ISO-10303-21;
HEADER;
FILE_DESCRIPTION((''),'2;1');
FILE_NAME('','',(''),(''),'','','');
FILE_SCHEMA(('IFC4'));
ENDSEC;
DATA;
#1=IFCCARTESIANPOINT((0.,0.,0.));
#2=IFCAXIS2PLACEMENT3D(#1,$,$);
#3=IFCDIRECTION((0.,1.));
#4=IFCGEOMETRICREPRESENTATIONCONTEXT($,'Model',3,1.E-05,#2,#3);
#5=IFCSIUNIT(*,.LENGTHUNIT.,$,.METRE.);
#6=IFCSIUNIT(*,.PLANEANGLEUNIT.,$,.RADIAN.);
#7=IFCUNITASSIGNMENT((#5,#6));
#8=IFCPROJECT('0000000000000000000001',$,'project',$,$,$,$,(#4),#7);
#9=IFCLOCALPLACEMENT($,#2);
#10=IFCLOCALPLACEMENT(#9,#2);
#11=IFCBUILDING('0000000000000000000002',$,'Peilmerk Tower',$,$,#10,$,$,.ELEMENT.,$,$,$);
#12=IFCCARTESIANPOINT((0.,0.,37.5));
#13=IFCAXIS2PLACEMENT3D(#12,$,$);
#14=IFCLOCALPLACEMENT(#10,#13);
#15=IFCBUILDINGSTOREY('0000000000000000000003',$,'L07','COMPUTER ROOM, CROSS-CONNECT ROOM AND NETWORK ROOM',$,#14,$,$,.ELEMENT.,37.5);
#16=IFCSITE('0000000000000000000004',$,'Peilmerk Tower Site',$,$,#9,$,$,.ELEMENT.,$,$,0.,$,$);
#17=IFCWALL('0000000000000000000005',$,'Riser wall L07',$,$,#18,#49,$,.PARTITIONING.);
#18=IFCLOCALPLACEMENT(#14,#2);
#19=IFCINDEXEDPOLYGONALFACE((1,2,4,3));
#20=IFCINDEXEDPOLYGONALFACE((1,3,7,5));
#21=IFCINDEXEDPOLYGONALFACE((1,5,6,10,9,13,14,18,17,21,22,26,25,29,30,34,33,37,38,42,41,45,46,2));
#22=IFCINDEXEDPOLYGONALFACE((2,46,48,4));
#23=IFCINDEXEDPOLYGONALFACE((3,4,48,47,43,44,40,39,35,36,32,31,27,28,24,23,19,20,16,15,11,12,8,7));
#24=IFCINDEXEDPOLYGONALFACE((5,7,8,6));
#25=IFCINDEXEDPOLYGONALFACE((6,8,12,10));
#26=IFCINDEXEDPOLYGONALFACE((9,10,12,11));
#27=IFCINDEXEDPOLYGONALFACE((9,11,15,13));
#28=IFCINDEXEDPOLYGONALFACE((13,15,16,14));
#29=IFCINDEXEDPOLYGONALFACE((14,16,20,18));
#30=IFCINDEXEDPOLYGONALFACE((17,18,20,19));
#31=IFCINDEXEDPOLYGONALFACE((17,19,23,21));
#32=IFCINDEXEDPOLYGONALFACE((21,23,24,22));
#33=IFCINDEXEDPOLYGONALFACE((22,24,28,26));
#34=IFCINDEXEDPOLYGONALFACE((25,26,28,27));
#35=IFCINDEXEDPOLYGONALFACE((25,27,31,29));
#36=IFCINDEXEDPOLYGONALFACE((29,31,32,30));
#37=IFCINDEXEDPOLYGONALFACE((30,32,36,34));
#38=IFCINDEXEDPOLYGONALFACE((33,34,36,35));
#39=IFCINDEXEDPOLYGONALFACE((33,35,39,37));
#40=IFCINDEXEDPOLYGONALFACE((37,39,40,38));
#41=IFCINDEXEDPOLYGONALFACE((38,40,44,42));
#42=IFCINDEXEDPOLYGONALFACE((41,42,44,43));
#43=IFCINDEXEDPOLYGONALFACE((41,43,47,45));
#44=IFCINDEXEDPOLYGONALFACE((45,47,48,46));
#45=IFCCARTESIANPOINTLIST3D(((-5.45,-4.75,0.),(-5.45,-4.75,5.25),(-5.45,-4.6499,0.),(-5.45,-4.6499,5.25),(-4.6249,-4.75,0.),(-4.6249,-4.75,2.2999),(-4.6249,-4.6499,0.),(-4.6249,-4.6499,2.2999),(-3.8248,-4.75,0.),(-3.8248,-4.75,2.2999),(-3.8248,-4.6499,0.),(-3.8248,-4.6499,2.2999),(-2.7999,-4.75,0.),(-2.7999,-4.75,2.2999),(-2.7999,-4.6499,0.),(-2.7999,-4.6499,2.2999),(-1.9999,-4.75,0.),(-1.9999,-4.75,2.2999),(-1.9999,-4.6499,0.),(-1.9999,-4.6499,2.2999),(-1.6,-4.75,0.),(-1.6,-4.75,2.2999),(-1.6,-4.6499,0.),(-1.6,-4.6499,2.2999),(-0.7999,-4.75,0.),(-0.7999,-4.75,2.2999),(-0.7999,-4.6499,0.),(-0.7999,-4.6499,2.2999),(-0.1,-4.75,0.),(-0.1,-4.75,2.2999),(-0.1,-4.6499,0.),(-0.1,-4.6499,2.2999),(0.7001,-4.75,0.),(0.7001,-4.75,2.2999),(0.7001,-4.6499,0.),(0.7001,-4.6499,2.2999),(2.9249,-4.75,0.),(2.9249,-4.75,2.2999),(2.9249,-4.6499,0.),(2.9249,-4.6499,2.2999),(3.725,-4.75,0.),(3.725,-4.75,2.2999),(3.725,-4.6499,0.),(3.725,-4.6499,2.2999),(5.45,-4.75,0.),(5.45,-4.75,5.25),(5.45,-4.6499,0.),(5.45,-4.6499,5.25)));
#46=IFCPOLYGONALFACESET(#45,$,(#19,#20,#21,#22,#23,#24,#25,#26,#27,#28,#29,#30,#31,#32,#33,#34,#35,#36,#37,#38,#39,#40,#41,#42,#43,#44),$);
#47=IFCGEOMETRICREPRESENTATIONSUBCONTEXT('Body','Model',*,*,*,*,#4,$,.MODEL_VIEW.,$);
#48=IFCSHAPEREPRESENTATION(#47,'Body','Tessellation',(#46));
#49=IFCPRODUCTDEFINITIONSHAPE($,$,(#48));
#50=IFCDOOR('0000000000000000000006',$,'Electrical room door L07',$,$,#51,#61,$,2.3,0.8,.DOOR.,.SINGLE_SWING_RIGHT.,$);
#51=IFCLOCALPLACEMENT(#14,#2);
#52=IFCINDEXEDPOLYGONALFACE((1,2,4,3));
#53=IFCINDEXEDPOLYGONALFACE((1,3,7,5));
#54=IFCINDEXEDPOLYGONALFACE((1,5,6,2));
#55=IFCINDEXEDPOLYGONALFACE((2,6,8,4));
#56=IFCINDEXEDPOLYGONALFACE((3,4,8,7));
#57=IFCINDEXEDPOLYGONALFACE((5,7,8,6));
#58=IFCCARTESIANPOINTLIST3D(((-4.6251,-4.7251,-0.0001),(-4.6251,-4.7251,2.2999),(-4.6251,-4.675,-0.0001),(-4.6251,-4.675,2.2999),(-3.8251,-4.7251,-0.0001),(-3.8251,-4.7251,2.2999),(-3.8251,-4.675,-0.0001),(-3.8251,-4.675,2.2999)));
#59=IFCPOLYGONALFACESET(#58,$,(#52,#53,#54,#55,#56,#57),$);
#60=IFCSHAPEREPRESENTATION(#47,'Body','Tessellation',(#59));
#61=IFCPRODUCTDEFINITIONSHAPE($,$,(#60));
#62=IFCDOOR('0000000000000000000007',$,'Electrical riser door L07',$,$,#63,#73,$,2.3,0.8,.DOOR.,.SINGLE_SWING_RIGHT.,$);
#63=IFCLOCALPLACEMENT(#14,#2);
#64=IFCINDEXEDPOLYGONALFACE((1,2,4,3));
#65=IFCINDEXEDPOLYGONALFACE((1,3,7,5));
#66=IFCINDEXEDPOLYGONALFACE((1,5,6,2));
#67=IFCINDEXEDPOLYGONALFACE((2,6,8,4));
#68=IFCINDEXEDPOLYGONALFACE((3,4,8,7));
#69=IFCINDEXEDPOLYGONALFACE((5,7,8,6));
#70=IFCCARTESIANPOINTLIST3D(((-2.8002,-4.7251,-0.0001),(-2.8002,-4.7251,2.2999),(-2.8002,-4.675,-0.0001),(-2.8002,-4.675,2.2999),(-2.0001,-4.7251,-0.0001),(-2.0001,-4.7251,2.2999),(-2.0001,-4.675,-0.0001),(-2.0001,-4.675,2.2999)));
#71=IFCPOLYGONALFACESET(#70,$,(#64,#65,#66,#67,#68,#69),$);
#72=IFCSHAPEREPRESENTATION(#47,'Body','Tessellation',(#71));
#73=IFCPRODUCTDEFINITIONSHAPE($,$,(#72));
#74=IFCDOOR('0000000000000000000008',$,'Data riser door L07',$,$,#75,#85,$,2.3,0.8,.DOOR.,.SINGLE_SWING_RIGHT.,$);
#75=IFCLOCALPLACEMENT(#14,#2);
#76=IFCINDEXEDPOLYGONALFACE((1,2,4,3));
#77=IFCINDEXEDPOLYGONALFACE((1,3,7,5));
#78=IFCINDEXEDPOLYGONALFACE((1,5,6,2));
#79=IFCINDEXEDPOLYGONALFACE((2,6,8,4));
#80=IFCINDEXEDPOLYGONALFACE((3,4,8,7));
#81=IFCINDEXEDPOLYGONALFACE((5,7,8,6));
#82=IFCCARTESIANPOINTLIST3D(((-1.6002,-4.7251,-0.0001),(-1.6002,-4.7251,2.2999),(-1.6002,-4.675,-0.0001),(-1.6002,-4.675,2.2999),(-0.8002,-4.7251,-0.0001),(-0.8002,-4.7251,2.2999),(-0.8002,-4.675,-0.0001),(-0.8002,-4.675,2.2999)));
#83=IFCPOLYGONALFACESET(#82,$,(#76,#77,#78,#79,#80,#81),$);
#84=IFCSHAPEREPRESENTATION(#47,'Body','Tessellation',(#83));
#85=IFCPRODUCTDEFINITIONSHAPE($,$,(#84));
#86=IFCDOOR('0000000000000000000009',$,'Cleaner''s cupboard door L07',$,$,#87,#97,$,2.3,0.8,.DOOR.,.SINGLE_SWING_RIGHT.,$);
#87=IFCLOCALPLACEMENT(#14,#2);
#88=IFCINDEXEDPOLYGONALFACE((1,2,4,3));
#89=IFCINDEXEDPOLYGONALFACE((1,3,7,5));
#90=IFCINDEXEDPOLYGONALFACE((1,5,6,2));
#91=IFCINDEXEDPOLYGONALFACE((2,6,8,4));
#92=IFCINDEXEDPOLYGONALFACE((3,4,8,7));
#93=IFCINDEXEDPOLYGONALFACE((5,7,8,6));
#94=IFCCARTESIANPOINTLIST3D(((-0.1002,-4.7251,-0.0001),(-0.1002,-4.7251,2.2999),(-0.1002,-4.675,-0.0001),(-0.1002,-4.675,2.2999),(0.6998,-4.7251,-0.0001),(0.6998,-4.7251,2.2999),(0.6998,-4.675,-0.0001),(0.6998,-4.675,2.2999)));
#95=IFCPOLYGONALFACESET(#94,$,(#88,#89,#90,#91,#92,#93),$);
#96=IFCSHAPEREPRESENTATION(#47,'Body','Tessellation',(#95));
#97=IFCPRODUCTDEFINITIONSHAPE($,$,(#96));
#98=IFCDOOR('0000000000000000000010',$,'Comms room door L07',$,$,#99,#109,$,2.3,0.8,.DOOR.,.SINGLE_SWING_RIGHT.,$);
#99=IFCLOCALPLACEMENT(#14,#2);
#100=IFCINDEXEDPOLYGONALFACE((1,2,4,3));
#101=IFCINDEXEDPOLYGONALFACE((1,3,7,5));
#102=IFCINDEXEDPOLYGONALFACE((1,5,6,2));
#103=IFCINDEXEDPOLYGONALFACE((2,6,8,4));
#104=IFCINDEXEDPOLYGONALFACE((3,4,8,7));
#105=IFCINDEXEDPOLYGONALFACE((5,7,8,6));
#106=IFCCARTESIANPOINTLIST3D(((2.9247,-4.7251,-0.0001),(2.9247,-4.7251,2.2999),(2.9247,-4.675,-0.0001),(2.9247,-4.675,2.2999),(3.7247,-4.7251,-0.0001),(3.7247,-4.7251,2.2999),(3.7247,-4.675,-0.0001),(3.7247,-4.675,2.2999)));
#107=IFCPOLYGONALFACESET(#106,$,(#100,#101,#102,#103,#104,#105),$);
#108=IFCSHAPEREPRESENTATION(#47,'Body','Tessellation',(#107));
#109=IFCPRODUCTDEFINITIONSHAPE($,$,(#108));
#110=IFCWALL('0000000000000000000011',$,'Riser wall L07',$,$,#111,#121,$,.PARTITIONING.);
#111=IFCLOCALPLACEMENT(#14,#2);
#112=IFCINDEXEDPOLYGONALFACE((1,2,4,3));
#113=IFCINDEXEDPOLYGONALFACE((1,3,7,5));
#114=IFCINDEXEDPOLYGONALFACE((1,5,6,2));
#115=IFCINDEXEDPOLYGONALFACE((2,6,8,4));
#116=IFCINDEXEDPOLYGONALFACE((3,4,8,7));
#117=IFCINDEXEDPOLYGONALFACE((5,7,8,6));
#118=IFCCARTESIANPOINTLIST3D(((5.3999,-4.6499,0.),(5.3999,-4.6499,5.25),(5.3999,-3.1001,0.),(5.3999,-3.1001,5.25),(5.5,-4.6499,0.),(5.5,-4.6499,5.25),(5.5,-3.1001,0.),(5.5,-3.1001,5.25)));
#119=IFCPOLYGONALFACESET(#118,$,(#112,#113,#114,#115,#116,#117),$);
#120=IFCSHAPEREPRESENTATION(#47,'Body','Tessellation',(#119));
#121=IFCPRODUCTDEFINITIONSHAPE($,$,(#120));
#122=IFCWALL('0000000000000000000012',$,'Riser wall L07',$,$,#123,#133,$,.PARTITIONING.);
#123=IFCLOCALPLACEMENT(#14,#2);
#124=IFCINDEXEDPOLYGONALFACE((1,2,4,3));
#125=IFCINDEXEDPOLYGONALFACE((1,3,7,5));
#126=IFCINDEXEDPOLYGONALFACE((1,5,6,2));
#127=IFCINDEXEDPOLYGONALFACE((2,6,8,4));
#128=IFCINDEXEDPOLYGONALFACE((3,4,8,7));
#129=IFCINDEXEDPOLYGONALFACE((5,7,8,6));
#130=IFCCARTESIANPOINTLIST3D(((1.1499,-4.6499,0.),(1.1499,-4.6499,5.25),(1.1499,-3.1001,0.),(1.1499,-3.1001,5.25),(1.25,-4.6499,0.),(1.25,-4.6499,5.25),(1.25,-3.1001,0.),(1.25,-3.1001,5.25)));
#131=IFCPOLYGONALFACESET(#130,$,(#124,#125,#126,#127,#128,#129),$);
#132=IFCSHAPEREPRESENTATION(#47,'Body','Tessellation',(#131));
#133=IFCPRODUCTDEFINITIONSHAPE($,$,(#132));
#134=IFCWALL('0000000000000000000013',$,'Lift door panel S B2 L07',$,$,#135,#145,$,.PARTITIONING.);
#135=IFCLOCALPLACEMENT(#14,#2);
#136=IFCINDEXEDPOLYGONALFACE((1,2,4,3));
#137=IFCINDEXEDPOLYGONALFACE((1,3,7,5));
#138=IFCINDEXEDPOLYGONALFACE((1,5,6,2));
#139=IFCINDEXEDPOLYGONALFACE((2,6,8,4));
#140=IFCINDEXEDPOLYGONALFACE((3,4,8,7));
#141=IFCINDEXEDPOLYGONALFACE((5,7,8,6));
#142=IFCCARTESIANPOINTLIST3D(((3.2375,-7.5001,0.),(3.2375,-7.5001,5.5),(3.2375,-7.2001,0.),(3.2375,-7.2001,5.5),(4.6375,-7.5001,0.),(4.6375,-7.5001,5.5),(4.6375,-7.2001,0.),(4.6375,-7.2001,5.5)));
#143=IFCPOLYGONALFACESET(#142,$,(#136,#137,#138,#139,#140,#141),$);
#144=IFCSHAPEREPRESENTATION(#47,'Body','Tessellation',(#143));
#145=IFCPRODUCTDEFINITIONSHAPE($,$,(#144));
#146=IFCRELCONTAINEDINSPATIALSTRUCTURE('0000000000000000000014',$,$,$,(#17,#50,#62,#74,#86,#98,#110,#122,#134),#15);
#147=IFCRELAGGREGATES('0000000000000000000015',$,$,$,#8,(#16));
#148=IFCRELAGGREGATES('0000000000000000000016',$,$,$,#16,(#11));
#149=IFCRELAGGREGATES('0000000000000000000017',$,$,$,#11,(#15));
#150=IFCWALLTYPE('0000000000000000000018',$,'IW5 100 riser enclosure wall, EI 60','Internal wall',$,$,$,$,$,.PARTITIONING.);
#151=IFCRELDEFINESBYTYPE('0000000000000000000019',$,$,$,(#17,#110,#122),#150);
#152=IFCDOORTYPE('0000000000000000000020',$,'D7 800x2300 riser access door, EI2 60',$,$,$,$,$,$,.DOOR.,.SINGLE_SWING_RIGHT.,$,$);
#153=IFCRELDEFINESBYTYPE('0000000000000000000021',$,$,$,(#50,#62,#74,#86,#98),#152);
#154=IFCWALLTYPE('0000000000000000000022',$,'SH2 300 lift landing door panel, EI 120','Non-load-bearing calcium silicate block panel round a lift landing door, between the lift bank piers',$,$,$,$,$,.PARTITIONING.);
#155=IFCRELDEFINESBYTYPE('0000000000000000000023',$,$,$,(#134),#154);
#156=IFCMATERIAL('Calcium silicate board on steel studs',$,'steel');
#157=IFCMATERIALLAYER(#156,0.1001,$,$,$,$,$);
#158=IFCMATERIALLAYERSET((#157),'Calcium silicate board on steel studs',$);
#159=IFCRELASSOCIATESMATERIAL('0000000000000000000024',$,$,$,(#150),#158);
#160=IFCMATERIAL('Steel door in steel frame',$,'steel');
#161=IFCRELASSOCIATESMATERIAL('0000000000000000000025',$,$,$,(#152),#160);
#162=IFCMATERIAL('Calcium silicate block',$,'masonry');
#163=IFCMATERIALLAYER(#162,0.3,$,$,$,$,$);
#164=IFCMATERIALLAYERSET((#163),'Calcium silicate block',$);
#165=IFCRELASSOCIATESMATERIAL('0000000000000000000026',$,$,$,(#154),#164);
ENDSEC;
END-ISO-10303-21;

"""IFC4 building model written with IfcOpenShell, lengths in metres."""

from ifc_helpers import new_model, si_unit, direction, frame, frame_2d, origin, place, context, subcontext, project, spatial, rectangle, extrude, material, layer, layer_set, type_object, element, fill, save


model = new_model("IFC4")

# Units and contexts
model_context = context("Model", 3, precision=1e-05, world=origin(), true_north=direction((0.0, 1.0)))
body_context = subcontext(model_context, "Body", "Model", "MODEL_VIEW")
ifc_project = project(units=[si_unit("LENGTHUNIT", "METRE"), si_unit("PLANEANGLEUNIT", "RADIAN")], contexts=[model_context])

# Site, building, storey
site_placement = place(None, origin())
site = spatial("IfcSite", under=ifc_project, at=site_placement, Name="Peilmerk Tower Site", CompositionType="ELEMENT", RefElevation=0.0)
building_placement = place(site_placement, origin())
building = spatial("IfcBuilding", under=site, at=building_placement, Name="Peilmerk Tower", CompositionType="ELEMENT")
storey_placement = place(building_placement, frame((0.0, 0.0, 37.5)))
storey = spatial("IfcBuildingStorey", under=building, at=storey_placement, Name="L07", Description="COMPUTER ROOM, CROSS-CONNECT ROOM AND NETWORK ROOM", CompositionType="ELEMENT", Elevation=37.5)

# Shared definitions
ifc_material_1 = material(Name="Steel door in steel frame", Category="steel")

# Shared definitions
ifc_material_2 = material(Name="Calcium silicate board on steel studs", Category="steel")
ifc_layer_1 = layer(ifc_material_2, 0.1001)
ifc_layer_set_1 = layer_set([ifc_layer_1], Name="Calcium silicate board on steel studs")
wall_type_1 = type_object("IfcWallType", Name="IW5 100 riser enclosure wall, EI 60", Description="Internal wall", PredefinedType="PARTITIONING", material=ifc_layer_set_1)

# Wall, openings, doors
wall_1_placement = place(storey_placement, frame((5.45, -4.7, 0.0), z_axis=(0.0, 0.0, 1.0), x_axis=(-1.0, 0.0, 0.0)))
wall_1 = element("IfcWall", 1, at=wall_1_placement, inside=storey, type_object=wall_type_1, Name="Riser wall L07", PredefinedType="PARTITIONING", context=body_context, shape_type="SweptSolid", body=[
    extrude(rectangle(XDim=10.8999, YDim=0.1001, at=frame_2d((5.45, 0.0))), origin(), (0.0, 0.0, 1.0), 5.25),
])
opening_1_placement = place(wall_1_placement, frame((9.2749, 0.0, 0.0)))
opening_1 = element("IfcOpeningElement", 2, at=opening_1_placement, cuts=wall_1, PredefinedType="OPENING", context=body_context, shape_type="SweptSolid", body=[
    extrude(rectangle(XDim=0.8, YDim=2.3, at=frame_2d((0.3999, 1.1499))), frame((0.0, 0.0601, 0.0), z_axis=(0.0, -1.0, 0.0), x_axis=(1.0, 0.0, 0.0)), (0.0, 0.0, 1.0), 0.1201),
])
opening_2_placement = place(wall_1_placement, frame((7.45, 0.0, 0.0)))
opening_2 = element("IfcOpeningElement", 3, at=opening_2_placement, cuts=wall_1, PredefinedType="OPENING", context=body_context, shape_type="SweptSolid", body=[
    extrude(rectangle(XDim=0.8, YDim=2.3, at=frame_2d((0.3999, 1.1499))), frame((0.0, 0.0601, 0.0), z_axis=(0.0, -1.0, 0.0), x_axis=(1.0, 0.0, 0.0)), (0.0, 0.0, 1.0), 0.1201),
])
opening_3_placement = place(wall_1_placement, frame((6.25, 0.0, 0.0)))
opening_3 = element("IfcOpeningElement", 4, at=opening_3_placement, cuts=wall_1, PredefinedType="OPENING", context=body_context, shape_type="SweptSolid", body=[
    extrude(rectangle(XDim=0.8, YDim=2.3, at=frame_2d((0.3999, 1.1499))), frame((0.0, 0.0601, 0.0), z_axis=(0.0, -1.0, 0.0), x_axis=(1.0, 0.0, 0.0)), (0.0, 0.0, 1.0), 0.1201),
])
opening_4_placement = place(wall_1_placement, frame((4.75, 0.0, 0.0)))
opening_4 = element("IfcOpeningElement", 5, at=opening_4_placement, cuts=wall_1, PredefinedType="OPENING", context=body_context, shape_type="SweptSolid", body=[
    extrude(rectangle(XDim=0.8, YDim=2.3, at=frame_2d((0.3999, 1.1499))), frame((0.0, 0.0601, 0.0), z_axis=(0.0, -1.0, 0.0), x_axis=(1.0, 0.0, 0.0)), (0.0, 0.0, 1.0), 0.1201),
])
opening_5_placement = place(wall_1_placement, frame((1.7251, 0.0, 0.0)))
opening_5 = element("IfcOpeningElement", 6, at=opening_5_placement, cuts=wall_1, PredefinedType="OPENING", context=body_context, shape_type="SweptSolid", body=[
    extrude(rectangle(XDim=0.8, YDim=2.3, at=frame_2d((0.3999, 1.1499))), frame((0.0, 0.0601, 0.0), z_axis=(0.0, -1.0, 0.0), x_axis=(1.0, 0.0, 0.0)), (0.0, 0.0, 1.0), 0.1201),
])
door_type_1 = type_object("IfcDoorType", Name="D7 800x2300 riser access door, EI2 60", OperationType="SINGLE_SWING_RIGHT", PredefinedType="DOOR", material=ifc_material_1)
door_1_placement = place(opening_1_placement, frame((0.8, 0.0, 0.0), z_axis=(0.0, 0.0, 1.0), x_axis=(-1.0, 0.0, 0.0)))
door_1 = element("IfcDoor", 7, at=door_1_placement, inside=storey, type_object=door_type_1, Name="Electrical room door L07", OperationType="SINGLE_SWING_RIGHT", OverallHeight=2.3, OverallWidth=0.8, PredefinedType="DOOR", context=body_context, shape_type="SweptSolid", body=[
    extrude(rectangle(XDim=0.8, YDim=2.3, at=frame_2d((0.3999, 1.1499))), frame((0.0, 0.0249, 0.0), z_axis=(0.0, -1.0, 0.0), x_axis=(1.0, 0.0, 0.0)), (0.0, 0.0, 1.0), 0.05),
])
fill(opening_1, door_1)
door_2_placement = place(opening_2_placement, frame((0.8, 0.0, 0.0), z_axis=(0.0, 0.0, 1.0), x_axis=(-1.0, 0.0, 0.0)))
door_2 = element("IfcDoor", 8, at=door_2_placement, inside=storey, type_object=door_type_1, Name="Electrical riser door L07", OperationType="SINGLE_SWING_RIGHT", OverallHeight=2.3, OverallWidth=0.8, PredefinedType="DOOR", context=body_context, shape_type="SweptSolid", body=[
    extrude(rectangle(XDim=0.8, YDim=2.3, at=frame_2d((0.3999, 1.1499))), frame((0.0, 0.0249, 0.0), z_axis=(0.0, -1.0, 0.0), x_axis=(1.0, 0.0, 0.0)), (0.0, 0.0, 1.0), 0.05),
])
fill(opening_2, door_2)
door_3_placement = place(opening_3_placement, frame((0.8, 0.0, 0.0), z_axis=(0.0, 0.0, 1.0), x_axis=(-1.0, 0.0, 0.0)))
door_3 = element("IfcDoor", 9, at=door_3_placement, inside=storey, type_object=door_type_1, Name="Data riser door L07", OperationType="SINGLE_SWING_RIGHT", OverallHeight=2.3, OverallWidth=0.8, PredefinedType="DOOR", context=body_context, shape_type="SweptSolid", body=[
    extrude(rectangle(XDim=0.8, YDim=2.3, at=frame_2d((0.3999, 1.1499))), frame((0.0, 0.0249, 0.0), z_axis=(0.0, -1.0, 0.0), x_axis=(1.0, 0.0, 0.0)), (0.0, 0.0, 1.0), 0.05),
])
fill(opening_3, door_3)
door_4_placement = place(opening_4_placement, frame((0.8, 0.0, 0.0), z_axis=(0.0, 0.0, 1.0), x_axis=(-1.0, 0.0, 0.0)))
door_4 = element("IfcDoor", 10, at=door_4_placement, inside=storey, type_object=door_type_1, Name="Cleaner's cupboard door L07", OperationType="SINGLE_SWING_RIGHT", OverallHeight=2.3, OverallWidth=0.8, PredefinedType="DOOR", context=body_context, shape_type="SweptSolid", body=[
    extrude(rectangle(XDim=0.8, YDim=2.3, at=frame_2d((0.3999, 1.1499))), frame((0.0, 0.0249, 0.0), z_axis=(0.0, -1.0, 0.0), x_axis=(1.0, 0.0, 0.0)), (0.0, 0.0, 1.0), 0.05),
])
fill(opening_4, door_4)
door_5_placement = place(opening_5_placement, frame((0.8, 0.0, 0.0), z_axis=(0.0, 0.0, 1.0), x_axis=(-1.0, 0.0, 0.0)))
door_5 = element("IfcDoor", 11, at=door_5_placement, inside=storey, type_object=door_type_1, Name="Comms room door L07", OperationType="SINGLE_SWING_RIGHT", OverallHeight=2.3, OverallWidth=0.8, PredefinedType="DOOR", context=body_context, shape_type="SweptSolid", body=[
    extrude(rectangle(XDim=0.8, YDim=2.3, at=frame_2d((0.3999, 1.1499))), frame((0.0, 0.0249, 0.0), z_axis=(0.0, -1.0, 0.0), x_axis=(1.0, 0.0, 0.0)), (0.0, 0.0, 1.0), 0.05),
])
fill(opening_5, door_5)

# Walls
for number, where, z_axis, x_axis, name in (
    (12, (5.45, -3.1001, 0.0), (0.0, 0.0, 1.0), (0.0, -1.0, 0.0), "Riser wall L07"),
    (13, (1.2, -3.1001, 0.0), (0.0, 0.0, 1.0), (0.0, -1.0, 0.0), "Riser wall L07"),
):
    element("IfcWall", number, at=place(storey_placement, frame(where, z_axis=z_axis, x_axis=x_axis)), inside=storey, type_object=wall_type_1, Name=name, PredefinedType="PARTITIONING", context=body_context, shape_type="SweptSolid", body=[
        extrude(rectangle(XDim=1.5498, YDim=0.1001, at=frame_2d((0.7749, 0.0))), origin(), (0.0, 0.0, 1.0), 5.25),
    ])
ifc_material_3 = material(Name="Calcium silicate block", Category="masonry")
ifc_layer_2 = layer(ifc_material_3, 0.3)
ifc_layer_set_2 = layer_set([ifc_layer_2], Name="Calcium silicate block")
wall_type_2 = type_object("IfcWallType", Name="SH2 300 lift landing door panel, EI 120", Description="Non-load-bearing calcium silicate block panel round a lift landing door, between the lift bank piers", PredefinedType="PARTITIONING", material=ifc_layer_set_2)
wall_2_placement = place(storey_placement, frame((3.2375, -7.3501, 0.0), z_axis=(0.0, 0.0, 1.0), x_axis=(1.0, 0.0, 0.0)))
element("IfcWall", 14, at=wall_2_placement, inside=storey, type_object=wall_type_2, Name="Lift door panel S B2 L07", PredefinedType="PARTITIONING", context=body_context, shape_type="SweptSolid", body=[
    extrude(rectangle(XDim=1.3999, YDim=0.3, at=frame_2d((0.7, 0.0))), origin(), (0.0, 0.0, 1.0), 5.5),
])

save(model, "model.ifc")
